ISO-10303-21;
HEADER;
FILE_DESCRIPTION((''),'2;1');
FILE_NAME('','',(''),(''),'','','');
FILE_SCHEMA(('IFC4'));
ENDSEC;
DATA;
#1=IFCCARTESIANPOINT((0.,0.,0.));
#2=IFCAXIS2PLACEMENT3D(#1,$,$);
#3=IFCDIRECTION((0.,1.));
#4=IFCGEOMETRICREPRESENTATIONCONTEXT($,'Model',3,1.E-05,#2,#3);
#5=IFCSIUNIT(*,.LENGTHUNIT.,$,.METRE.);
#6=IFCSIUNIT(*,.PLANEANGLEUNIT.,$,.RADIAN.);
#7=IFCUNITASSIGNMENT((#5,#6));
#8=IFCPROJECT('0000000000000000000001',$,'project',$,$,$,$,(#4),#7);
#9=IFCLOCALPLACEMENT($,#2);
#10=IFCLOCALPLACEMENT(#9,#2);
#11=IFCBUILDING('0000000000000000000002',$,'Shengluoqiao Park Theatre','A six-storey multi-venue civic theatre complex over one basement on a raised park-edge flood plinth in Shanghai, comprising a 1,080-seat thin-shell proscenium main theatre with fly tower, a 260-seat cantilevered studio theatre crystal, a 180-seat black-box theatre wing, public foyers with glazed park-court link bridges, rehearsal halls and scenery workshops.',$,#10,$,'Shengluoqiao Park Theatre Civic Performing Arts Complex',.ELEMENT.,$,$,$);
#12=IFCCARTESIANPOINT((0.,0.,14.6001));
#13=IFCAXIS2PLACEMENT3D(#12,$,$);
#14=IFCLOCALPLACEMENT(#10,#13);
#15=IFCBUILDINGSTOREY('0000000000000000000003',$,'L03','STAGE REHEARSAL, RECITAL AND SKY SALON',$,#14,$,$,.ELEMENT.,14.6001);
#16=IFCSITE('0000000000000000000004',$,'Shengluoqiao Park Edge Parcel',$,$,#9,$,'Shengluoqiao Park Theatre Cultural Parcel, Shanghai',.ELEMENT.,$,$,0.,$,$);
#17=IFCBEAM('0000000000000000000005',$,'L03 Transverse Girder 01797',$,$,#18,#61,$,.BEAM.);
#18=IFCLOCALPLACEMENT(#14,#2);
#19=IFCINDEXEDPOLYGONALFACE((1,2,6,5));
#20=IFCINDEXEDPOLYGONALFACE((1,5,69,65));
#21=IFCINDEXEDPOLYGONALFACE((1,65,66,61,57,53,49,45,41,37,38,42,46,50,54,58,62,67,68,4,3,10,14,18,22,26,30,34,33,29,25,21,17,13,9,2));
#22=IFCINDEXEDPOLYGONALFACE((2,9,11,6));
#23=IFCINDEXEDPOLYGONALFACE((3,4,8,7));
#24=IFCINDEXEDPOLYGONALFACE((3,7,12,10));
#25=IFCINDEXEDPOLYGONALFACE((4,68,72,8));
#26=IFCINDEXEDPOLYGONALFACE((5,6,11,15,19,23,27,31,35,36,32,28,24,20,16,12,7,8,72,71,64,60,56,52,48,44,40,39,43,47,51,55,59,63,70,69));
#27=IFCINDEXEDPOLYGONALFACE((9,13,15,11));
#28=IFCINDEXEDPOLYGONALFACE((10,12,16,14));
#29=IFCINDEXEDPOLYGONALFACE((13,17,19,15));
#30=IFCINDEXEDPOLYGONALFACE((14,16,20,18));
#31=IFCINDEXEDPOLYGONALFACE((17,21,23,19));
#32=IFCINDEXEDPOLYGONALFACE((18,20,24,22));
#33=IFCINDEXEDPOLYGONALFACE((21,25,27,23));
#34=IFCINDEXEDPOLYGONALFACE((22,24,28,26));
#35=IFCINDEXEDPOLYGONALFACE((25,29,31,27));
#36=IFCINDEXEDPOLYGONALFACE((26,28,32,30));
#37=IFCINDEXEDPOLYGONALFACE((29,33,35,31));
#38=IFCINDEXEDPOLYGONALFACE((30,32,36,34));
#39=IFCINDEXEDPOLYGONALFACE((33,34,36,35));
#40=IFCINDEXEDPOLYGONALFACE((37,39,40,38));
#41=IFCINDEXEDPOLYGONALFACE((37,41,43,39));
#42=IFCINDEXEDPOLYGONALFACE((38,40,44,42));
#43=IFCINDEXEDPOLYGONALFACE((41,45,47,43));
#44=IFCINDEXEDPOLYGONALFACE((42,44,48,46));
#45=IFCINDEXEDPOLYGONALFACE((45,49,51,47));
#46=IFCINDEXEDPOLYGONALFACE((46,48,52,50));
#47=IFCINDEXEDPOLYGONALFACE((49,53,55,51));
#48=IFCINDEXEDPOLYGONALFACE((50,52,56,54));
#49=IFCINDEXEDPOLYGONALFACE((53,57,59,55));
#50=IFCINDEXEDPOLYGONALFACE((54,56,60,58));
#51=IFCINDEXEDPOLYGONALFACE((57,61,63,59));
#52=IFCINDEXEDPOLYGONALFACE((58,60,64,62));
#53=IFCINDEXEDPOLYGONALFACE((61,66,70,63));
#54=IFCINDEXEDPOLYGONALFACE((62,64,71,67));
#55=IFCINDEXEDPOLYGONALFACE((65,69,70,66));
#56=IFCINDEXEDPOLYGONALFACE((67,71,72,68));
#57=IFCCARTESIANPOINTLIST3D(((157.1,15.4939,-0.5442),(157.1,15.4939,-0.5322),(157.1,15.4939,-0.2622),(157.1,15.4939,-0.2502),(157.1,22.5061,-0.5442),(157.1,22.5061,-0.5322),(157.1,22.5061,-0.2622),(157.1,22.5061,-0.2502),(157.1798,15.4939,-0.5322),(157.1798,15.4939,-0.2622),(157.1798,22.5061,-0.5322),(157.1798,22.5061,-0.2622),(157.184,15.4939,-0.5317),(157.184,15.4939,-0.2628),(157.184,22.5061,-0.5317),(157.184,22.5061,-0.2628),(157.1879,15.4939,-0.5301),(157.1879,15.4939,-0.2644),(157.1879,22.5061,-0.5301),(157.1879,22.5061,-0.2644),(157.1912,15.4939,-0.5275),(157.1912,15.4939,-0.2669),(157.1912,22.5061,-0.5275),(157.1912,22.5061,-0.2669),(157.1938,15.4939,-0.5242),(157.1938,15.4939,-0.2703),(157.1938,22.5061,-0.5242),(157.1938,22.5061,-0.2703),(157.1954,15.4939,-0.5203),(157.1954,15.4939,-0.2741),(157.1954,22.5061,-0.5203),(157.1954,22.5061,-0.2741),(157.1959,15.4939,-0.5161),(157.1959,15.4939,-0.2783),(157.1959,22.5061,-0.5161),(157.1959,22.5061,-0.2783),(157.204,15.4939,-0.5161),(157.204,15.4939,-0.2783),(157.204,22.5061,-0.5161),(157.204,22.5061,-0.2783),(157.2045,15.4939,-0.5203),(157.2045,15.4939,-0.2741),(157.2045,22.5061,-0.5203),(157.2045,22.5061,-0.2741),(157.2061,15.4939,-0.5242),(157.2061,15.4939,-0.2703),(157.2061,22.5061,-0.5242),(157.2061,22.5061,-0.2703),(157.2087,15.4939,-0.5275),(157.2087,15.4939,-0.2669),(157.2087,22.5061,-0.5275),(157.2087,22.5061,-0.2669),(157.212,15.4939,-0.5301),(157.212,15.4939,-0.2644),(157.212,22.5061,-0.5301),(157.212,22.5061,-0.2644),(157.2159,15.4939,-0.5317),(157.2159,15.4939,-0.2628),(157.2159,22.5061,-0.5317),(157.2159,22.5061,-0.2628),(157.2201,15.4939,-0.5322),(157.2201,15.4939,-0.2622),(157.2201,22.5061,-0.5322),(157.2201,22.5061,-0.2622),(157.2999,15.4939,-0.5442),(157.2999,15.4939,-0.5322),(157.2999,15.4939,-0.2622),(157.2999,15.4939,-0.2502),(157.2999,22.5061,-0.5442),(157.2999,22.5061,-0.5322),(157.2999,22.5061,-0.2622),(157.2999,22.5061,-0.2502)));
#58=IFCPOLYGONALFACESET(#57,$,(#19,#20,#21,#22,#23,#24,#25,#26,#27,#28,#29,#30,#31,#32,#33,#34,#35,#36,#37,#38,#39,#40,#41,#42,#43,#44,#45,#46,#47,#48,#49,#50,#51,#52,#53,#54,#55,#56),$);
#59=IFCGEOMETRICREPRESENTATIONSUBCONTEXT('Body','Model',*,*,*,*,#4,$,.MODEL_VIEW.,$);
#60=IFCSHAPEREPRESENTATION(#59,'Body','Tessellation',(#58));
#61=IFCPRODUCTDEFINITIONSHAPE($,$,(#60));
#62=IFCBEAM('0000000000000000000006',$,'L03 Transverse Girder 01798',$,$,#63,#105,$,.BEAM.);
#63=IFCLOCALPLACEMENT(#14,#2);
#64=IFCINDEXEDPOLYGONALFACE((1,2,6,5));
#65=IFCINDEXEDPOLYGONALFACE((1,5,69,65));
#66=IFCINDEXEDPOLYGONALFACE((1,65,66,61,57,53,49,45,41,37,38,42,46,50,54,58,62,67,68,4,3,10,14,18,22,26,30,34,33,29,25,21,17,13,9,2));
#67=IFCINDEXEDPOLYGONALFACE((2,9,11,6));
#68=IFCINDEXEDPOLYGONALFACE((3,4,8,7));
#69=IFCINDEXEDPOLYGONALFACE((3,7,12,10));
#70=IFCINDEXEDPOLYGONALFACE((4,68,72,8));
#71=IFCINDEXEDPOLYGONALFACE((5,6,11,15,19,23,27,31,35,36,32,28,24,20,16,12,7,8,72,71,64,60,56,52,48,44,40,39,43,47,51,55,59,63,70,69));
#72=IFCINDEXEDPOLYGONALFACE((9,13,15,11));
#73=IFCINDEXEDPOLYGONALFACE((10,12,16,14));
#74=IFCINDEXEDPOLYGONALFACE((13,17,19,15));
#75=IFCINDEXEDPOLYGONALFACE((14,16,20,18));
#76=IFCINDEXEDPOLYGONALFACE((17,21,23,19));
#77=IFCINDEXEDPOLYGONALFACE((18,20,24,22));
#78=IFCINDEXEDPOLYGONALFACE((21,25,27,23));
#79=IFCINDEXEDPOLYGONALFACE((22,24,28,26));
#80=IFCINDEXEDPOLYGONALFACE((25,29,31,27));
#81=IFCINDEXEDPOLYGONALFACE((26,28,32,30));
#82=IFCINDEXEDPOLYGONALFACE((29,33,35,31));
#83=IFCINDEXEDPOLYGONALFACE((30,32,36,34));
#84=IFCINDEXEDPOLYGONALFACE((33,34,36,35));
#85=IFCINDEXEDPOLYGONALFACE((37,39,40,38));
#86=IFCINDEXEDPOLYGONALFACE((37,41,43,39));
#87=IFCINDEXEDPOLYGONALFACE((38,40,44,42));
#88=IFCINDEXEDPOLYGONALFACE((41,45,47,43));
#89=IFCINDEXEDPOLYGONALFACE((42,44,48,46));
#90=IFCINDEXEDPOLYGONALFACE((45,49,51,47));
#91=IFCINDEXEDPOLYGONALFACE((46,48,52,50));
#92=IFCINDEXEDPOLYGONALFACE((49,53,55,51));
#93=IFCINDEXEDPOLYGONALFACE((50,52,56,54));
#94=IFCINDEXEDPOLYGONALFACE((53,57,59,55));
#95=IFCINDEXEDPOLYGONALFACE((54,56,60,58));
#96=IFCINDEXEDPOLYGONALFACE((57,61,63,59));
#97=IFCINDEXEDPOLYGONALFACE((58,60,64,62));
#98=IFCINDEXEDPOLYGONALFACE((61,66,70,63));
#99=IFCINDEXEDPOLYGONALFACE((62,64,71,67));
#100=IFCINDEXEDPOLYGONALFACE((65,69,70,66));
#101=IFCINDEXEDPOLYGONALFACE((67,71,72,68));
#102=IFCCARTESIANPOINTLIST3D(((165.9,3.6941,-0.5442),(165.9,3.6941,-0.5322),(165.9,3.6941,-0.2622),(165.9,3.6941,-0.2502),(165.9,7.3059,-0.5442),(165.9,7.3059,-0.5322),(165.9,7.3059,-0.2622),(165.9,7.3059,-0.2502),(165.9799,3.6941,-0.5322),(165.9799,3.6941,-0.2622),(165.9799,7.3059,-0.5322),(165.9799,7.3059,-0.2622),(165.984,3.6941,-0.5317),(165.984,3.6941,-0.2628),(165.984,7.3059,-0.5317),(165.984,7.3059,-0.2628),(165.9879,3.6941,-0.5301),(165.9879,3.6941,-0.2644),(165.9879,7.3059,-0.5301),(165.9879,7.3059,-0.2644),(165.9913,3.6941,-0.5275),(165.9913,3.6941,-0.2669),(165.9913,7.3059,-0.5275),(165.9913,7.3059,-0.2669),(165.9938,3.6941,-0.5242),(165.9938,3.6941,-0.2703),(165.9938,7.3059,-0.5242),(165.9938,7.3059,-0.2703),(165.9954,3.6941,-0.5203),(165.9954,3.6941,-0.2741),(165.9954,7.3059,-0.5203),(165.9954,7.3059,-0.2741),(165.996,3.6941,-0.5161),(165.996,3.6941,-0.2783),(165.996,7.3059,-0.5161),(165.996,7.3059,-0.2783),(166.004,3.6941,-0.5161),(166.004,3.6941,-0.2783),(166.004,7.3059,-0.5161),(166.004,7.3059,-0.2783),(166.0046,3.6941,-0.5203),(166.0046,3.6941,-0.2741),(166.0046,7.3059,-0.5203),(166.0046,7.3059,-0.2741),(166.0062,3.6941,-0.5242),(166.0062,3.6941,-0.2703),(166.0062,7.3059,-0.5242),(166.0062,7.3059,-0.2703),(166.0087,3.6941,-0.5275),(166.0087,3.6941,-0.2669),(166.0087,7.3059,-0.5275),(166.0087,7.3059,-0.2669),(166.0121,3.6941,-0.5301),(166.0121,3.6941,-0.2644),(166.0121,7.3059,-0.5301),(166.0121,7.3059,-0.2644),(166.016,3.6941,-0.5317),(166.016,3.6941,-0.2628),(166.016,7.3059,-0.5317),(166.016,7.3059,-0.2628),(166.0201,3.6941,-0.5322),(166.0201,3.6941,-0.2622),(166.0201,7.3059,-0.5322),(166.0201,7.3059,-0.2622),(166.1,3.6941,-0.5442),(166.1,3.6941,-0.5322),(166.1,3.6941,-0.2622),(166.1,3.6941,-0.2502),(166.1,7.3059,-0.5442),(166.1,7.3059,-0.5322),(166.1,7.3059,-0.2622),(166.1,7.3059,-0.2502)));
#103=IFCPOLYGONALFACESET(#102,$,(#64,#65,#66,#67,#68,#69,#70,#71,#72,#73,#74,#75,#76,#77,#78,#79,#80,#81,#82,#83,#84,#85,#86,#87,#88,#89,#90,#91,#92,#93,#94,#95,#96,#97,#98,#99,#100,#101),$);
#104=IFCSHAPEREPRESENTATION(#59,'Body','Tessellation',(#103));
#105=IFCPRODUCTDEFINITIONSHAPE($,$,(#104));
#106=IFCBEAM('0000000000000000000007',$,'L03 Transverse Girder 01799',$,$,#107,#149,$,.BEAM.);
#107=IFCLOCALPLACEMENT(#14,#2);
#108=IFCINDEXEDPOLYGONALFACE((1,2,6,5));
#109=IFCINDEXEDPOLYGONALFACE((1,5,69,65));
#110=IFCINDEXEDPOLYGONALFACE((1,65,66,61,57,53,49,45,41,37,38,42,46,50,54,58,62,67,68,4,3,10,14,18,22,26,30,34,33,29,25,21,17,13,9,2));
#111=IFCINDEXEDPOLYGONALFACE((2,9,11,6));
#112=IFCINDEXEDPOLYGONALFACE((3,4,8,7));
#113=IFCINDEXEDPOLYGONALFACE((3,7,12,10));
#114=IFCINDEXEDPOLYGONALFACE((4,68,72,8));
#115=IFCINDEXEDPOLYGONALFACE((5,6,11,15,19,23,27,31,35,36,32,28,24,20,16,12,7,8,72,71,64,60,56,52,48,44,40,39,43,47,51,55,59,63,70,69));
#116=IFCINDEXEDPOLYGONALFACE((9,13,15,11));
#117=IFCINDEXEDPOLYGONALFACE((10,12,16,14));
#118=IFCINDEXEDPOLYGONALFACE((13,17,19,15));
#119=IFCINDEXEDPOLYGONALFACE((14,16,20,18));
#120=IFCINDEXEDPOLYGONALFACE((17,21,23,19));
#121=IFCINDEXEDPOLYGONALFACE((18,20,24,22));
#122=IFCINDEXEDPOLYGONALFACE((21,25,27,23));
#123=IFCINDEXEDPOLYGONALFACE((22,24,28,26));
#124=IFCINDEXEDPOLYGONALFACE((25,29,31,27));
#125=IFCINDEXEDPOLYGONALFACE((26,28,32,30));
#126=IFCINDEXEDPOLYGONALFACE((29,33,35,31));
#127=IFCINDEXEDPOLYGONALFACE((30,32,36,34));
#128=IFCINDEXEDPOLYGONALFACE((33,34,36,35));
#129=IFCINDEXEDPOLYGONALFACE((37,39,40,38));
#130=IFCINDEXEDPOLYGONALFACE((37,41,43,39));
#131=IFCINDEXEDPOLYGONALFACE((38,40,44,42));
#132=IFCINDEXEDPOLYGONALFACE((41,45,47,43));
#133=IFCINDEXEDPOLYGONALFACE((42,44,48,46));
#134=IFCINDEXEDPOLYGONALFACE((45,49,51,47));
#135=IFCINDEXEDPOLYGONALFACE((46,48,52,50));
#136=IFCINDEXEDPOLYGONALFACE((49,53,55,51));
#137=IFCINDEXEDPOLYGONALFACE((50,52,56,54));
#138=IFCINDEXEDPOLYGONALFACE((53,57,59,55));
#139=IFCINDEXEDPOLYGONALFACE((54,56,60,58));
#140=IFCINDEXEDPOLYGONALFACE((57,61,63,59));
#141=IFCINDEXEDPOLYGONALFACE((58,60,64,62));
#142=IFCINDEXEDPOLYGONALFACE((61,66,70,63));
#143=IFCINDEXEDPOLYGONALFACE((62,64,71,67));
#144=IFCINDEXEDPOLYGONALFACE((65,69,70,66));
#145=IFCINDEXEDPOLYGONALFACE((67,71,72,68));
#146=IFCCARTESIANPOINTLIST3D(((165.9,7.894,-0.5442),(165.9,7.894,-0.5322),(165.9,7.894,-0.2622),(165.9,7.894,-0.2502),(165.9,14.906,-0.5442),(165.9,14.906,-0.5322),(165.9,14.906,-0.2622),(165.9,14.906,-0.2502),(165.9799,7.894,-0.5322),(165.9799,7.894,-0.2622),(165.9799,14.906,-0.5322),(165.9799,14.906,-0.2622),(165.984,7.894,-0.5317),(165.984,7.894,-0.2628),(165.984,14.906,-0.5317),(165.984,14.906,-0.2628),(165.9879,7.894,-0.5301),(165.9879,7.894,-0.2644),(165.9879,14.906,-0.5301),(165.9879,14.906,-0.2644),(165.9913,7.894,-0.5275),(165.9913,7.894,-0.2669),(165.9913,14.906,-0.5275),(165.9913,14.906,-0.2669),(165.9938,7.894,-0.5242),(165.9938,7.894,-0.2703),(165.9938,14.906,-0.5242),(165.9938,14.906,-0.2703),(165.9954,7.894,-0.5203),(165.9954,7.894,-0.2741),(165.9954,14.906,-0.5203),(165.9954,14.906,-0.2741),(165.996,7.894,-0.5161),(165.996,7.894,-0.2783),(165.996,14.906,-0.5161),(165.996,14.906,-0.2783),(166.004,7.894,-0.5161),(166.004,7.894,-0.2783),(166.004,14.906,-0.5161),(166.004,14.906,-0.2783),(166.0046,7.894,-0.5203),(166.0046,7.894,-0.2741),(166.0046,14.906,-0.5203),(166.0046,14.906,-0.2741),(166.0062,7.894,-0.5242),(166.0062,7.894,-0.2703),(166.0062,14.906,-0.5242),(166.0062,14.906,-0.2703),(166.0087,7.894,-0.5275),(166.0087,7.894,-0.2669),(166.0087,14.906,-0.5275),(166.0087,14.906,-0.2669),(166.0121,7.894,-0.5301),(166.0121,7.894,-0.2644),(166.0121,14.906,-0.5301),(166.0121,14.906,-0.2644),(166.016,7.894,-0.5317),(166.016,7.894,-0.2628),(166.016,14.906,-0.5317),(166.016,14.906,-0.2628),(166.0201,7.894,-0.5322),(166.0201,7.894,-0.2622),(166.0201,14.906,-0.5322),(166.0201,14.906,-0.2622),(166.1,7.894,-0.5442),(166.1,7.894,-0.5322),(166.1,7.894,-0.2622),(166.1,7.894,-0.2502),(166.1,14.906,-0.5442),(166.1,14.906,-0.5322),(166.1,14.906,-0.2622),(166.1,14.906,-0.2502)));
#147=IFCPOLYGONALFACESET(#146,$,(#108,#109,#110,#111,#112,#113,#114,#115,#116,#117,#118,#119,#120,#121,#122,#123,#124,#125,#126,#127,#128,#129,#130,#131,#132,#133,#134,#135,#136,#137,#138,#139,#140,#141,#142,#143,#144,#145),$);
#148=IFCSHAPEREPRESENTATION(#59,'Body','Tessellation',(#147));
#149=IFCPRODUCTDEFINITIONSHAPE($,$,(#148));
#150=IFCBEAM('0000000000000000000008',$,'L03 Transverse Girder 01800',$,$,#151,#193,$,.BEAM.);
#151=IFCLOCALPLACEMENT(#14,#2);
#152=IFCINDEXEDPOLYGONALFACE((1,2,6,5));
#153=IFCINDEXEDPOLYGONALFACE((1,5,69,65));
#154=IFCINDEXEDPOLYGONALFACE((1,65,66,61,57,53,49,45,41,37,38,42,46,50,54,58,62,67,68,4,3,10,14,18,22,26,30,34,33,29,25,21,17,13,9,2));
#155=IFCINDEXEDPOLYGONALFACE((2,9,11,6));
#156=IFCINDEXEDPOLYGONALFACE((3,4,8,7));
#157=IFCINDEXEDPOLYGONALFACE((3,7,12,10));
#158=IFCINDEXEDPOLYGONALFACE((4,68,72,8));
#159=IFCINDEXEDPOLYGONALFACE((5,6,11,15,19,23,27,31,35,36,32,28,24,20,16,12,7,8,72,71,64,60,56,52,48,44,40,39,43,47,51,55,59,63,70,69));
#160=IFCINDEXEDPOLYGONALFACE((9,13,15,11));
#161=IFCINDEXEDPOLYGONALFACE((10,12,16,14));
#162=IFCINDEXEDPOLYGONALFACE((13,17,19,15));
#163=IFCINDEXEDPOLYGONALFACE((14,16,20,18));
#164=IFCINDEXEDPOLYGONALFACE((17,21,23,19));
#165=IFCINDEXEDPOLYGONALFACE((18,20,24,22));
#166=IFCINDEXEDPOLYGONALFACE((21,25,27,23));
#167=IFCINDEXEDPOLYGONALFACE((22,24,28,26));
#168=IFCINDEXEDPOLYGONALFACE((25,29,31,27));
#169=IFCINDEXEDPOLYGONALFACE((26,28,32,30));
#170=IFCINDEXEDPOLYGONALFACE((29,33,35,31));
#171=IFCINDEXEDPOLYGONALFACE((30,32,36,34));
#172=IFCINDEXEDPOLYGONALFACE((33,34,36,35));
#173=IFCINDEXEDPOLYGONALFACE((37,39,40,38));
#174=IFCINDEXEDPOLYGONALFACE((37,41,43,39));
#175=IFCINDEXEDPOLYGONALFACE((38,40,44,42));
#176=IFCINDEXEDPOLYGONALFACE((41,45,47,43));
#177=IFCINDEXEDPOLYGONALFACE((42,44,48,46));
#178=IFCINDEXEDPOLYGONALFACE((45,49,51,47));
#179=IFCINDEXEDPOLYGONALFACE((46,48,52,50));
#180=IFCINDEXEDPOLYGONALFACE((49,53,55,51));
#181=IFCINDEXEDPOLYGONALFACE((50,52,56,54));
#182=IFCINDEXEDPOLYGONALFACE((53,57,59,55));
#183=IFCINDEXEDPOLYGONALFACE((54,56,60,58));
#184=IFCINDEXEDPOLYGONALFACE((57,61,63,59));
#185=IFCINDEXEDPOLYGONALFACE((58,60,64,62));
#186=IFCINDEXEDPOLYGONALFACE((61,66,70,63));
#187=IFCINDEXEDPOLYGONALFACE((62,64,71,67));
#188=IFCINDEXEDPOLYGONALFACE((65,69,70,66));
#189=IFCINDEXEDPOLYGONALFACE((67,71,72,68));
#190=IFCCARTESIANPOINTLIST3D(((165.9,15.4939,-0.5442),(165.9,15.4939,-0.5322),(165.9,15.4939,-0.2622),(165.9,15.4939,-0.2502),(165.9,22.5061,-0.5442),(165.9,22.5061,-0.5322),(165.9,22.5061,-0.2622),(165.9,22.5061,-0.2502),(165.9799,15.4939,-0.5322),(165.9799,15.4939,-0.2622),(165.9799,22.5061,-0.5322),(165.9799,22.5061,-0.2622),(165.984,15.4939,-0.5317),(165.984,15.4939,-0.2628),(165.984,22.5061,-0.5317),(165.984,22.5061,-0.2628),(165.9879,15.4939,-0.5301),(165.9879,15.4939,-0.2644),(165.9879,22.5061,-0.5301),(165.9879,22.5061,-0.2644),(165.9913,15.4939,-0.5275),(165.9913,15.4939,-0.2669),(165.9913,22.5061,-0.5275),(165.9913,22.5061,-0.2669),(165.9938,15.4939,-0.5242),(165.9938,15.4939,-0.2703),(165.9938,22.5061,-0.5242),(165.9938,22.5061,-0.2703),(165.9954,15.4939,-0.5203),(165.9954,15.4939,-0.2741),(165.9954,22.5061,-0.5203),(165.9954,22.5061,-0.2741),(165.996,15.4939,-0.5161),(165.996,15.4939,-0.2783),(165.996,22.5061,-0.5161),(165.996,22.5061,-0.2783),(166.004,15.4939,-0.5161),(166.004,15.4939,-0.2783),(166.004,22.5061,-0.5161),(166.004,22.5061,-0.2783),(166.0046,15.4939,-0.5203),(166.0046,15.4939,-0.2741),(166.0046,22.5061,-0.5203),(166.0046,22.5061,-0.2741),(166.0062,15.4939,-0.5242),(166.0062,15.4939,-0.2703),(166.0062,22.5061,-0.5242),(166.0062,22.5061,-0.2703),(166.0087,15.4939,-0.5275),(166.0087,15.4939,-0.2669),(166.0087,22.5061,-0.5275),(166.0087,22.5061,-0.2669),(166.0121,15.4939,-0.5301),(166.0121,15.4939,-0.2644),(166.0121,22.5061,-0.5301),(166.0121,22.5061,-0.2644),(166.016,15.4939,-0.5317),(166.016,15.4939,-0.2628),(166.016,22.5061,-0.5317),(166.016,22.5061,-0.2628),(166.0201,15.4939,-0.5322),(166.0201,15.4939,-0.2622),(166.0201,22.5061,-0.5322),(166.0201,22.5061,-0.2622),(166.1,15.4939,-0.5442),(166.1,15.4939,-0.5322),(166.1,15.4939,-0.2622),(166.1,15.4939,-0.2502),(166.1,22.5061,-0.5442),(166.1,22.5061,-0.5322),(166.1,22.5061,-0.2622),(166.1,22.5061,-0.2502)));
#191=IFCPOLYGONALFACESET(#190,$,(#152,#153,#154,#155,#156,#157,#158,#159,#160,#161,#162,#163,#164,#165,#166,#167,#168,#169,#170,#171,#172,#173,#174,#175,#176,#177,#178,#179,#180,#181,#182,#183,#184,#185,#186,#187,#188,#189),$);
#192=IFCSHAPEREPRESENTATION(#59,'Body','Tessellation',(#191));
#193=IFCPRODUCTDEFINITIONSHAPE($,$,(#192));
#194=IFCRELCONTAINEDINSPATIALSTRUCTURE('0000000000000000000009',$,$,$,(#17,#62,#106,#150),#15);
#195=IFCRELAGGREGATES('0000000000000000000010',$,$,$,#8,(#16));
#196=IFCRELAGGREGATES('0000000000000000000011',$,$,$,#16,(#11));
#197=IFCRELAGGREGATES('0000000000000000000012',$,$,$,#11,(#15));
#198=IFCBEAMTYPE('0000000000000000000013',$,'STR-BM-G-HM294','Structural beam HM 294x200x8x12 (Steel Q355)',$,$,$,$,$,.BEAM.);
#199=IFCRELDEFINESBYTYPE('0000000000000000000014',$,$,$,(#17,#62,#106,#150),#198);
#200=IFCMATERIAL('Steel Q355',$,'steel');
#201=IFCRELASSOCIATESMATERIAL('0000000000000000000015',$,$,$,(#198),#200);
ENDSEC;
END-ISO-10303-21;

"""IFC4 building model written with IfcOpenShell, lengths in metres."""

from ifc_helpers import new_model, si_unit, direction, frame, origin, origin_2d, place, context, subcontext, project, spatial, i_section, extrude, material, material_profile, profile_set, type_object, element, save


model = new_model("IFC4")

# Units and contexts
model_context = context("Model", 3, precision=1e-05, world=origin(), true_north=direction((0.0, 1.0)))
body_context = subcontext(model_context, "Body", "Model", "MODEL_VIEW")
ifc_project = project(units=[si_unit("LENGTHUNIT", "METRE"), si_unit("PLANEANGLEUNIT", "RADIAN")], contexts=[model_context])

# Site, building, storey
site_placement = place(None, origin())
site = spatial("IfcSite", under=ifc_project, at=site_placement, Name="Shengluoqiao Park Edge Parcel", LongName="Shengluoqiao Park Theatre Cultural Parcel, Shanghai", CompositionType="ELEMENT", RefElevation=0.0)
building_placement = place(site_placement, origin())
building = spatial("IfcBuilding", under=site, at=building_placement, Name="Shengluoqiao Park Theatre", Description="A six-storey multi-venue civic theatre complex over one basement on a raised park-edge flood plinth in Shanghai, comprising a 1,080-seat thin-shell proscenium main theatre with fly tower, a 260-seat cantilevered studio theatre crystal, a 180-seat black-box theatre wing, public foyers with glazed park-court link bridges, rehearsal halls and scenery workshops.", LongName="Shengluoqiao Park Theatre Civic Performing Arts Complex", CompositionType="ELEMENT")
storey_placement = place(building_placement, frame((0.0, 0.0, 14.6001)))
storey = spatial("IfcBuildingStorey", under=building, at=storey_placement, Name="L03", Description="STAGE REHEARSAL, RECITAL AND SKY SALON", CompositionType="ELEMENT", Elevation=14.6001)

# Beams
ifc_material_1 = material(Name="Steel Q355", Category="steel")
ifc_material_profile_1 = material_profile(ifc_material_1, i_section(OverallWidth=0.2, OverallDepth=0.2939, WebThickness=0.0081, FlangeThickness=0.012, FilletRadius=0.0161, at=origin_2d()), Name="HM 294x200x8x12")
ifc_profile_set_1 = profile_set([ifc_material_profile_1], Name="Steel Q355")
beam_type_1 = type_object("IfcBeamType", Name="STR-BM-G-HM294", Description="Structural beam HM 294x200x8x12 (Steel Q355)", PredefinedType="BEAM", material=ifc_profile_set_1)
beam_1_placement = place(storey_placement, frame((157.2, 15.4939, -0.3972), z_axis=(0.0, 1.0, 0.0), x_axis=(-1.0, 0.0, 0.0)))
element("IfcBeam", 1, at=beam_1_placement, inside=storey, type_object=beam_type_1, Name="L03 Transverse Girder 01797", PredefinedType="BEAM", context=body_context, shape_type="SweptSolid", body=[
    extrude(i_section(OverallWidth=0.2, OverallDepth=0.2939, WebThickness=0.0081, FlangeThickness=0.012, FilletRadius=0.0161, at=origin_2d()), origin(), (0.0, 0.0, 1.0), 7.0122),
])
beam_2_placement = place(storey_placement, frame((166.0, 3.6941, -0.3972), z_axis=(0.0, 1.0, 0.0), x_axis=(-1.0, 0.0, 0.0)))
element("IfcBeam", 2, at=beam_2_placement, inside=storey, type_object=beam_type_1, Name="L03 Transverse Girder 01798", PredefinedType="BEAM", context=body_context, shape_type="SweptSolid", body=[
    extrude(i_section(OverallWidth=0.2, OverallDepth=0.2939, WebThickness=0.0081, FlangeThickness=0.012, FilletRadius=0.0161, at=origin_2d()), origin(), (0.0, 0.0, 1.0), 3.6118),
])
beam_3_placement = place(storey_placement, frame((166.0, 7.894, -0.3972), z_axis=(0.0, 1.0, 0.0), x_axis=(-1.0, 0.0, 0.0)))
element("IfcBeam", 3, at=beam_3_placement, inside=storey, type_object=beam_type_1, Name="L03 Transverse Girder 01799", PredefinedType="BEAM", context=body_context, shape_type="SweptSolid", body=[
    extrude(i_section(OverallWidth=0.2, OverallDepth=0.2939, WebThickness=0.0081, FlangeThickness=0.012, FilletRadius=0.0161, at=origin_2d()), origin(), (0.0, 0.0, 1.0), 7.012),
])
beam_4_placement = place(storey_placement, frame((166.0, 15.4939, -0.3972), z_axis=(0.0, 1.0, 0.0), x_axis=(-1.0, 0.0, 0.0)))
element("IfcBeam", 4, at=beam_4_placement, inside=storey, type_object=beam_type_1, Name="L03 Transverse Girder 01800", PredefinedType="BEAM", context=body_context, shape_type="SweptSolid", body=[
    extrude(i_section(OverallWidth=0.2, OverallDepth=0.2939, WebThickness=0.0081, FlangeThickness=0.012, FilletRadius=0.0161, at=origin_2d()), origin(), (0.0, 0.0, 1.0), 7.0122),
])

save(model, "model.ifc")
